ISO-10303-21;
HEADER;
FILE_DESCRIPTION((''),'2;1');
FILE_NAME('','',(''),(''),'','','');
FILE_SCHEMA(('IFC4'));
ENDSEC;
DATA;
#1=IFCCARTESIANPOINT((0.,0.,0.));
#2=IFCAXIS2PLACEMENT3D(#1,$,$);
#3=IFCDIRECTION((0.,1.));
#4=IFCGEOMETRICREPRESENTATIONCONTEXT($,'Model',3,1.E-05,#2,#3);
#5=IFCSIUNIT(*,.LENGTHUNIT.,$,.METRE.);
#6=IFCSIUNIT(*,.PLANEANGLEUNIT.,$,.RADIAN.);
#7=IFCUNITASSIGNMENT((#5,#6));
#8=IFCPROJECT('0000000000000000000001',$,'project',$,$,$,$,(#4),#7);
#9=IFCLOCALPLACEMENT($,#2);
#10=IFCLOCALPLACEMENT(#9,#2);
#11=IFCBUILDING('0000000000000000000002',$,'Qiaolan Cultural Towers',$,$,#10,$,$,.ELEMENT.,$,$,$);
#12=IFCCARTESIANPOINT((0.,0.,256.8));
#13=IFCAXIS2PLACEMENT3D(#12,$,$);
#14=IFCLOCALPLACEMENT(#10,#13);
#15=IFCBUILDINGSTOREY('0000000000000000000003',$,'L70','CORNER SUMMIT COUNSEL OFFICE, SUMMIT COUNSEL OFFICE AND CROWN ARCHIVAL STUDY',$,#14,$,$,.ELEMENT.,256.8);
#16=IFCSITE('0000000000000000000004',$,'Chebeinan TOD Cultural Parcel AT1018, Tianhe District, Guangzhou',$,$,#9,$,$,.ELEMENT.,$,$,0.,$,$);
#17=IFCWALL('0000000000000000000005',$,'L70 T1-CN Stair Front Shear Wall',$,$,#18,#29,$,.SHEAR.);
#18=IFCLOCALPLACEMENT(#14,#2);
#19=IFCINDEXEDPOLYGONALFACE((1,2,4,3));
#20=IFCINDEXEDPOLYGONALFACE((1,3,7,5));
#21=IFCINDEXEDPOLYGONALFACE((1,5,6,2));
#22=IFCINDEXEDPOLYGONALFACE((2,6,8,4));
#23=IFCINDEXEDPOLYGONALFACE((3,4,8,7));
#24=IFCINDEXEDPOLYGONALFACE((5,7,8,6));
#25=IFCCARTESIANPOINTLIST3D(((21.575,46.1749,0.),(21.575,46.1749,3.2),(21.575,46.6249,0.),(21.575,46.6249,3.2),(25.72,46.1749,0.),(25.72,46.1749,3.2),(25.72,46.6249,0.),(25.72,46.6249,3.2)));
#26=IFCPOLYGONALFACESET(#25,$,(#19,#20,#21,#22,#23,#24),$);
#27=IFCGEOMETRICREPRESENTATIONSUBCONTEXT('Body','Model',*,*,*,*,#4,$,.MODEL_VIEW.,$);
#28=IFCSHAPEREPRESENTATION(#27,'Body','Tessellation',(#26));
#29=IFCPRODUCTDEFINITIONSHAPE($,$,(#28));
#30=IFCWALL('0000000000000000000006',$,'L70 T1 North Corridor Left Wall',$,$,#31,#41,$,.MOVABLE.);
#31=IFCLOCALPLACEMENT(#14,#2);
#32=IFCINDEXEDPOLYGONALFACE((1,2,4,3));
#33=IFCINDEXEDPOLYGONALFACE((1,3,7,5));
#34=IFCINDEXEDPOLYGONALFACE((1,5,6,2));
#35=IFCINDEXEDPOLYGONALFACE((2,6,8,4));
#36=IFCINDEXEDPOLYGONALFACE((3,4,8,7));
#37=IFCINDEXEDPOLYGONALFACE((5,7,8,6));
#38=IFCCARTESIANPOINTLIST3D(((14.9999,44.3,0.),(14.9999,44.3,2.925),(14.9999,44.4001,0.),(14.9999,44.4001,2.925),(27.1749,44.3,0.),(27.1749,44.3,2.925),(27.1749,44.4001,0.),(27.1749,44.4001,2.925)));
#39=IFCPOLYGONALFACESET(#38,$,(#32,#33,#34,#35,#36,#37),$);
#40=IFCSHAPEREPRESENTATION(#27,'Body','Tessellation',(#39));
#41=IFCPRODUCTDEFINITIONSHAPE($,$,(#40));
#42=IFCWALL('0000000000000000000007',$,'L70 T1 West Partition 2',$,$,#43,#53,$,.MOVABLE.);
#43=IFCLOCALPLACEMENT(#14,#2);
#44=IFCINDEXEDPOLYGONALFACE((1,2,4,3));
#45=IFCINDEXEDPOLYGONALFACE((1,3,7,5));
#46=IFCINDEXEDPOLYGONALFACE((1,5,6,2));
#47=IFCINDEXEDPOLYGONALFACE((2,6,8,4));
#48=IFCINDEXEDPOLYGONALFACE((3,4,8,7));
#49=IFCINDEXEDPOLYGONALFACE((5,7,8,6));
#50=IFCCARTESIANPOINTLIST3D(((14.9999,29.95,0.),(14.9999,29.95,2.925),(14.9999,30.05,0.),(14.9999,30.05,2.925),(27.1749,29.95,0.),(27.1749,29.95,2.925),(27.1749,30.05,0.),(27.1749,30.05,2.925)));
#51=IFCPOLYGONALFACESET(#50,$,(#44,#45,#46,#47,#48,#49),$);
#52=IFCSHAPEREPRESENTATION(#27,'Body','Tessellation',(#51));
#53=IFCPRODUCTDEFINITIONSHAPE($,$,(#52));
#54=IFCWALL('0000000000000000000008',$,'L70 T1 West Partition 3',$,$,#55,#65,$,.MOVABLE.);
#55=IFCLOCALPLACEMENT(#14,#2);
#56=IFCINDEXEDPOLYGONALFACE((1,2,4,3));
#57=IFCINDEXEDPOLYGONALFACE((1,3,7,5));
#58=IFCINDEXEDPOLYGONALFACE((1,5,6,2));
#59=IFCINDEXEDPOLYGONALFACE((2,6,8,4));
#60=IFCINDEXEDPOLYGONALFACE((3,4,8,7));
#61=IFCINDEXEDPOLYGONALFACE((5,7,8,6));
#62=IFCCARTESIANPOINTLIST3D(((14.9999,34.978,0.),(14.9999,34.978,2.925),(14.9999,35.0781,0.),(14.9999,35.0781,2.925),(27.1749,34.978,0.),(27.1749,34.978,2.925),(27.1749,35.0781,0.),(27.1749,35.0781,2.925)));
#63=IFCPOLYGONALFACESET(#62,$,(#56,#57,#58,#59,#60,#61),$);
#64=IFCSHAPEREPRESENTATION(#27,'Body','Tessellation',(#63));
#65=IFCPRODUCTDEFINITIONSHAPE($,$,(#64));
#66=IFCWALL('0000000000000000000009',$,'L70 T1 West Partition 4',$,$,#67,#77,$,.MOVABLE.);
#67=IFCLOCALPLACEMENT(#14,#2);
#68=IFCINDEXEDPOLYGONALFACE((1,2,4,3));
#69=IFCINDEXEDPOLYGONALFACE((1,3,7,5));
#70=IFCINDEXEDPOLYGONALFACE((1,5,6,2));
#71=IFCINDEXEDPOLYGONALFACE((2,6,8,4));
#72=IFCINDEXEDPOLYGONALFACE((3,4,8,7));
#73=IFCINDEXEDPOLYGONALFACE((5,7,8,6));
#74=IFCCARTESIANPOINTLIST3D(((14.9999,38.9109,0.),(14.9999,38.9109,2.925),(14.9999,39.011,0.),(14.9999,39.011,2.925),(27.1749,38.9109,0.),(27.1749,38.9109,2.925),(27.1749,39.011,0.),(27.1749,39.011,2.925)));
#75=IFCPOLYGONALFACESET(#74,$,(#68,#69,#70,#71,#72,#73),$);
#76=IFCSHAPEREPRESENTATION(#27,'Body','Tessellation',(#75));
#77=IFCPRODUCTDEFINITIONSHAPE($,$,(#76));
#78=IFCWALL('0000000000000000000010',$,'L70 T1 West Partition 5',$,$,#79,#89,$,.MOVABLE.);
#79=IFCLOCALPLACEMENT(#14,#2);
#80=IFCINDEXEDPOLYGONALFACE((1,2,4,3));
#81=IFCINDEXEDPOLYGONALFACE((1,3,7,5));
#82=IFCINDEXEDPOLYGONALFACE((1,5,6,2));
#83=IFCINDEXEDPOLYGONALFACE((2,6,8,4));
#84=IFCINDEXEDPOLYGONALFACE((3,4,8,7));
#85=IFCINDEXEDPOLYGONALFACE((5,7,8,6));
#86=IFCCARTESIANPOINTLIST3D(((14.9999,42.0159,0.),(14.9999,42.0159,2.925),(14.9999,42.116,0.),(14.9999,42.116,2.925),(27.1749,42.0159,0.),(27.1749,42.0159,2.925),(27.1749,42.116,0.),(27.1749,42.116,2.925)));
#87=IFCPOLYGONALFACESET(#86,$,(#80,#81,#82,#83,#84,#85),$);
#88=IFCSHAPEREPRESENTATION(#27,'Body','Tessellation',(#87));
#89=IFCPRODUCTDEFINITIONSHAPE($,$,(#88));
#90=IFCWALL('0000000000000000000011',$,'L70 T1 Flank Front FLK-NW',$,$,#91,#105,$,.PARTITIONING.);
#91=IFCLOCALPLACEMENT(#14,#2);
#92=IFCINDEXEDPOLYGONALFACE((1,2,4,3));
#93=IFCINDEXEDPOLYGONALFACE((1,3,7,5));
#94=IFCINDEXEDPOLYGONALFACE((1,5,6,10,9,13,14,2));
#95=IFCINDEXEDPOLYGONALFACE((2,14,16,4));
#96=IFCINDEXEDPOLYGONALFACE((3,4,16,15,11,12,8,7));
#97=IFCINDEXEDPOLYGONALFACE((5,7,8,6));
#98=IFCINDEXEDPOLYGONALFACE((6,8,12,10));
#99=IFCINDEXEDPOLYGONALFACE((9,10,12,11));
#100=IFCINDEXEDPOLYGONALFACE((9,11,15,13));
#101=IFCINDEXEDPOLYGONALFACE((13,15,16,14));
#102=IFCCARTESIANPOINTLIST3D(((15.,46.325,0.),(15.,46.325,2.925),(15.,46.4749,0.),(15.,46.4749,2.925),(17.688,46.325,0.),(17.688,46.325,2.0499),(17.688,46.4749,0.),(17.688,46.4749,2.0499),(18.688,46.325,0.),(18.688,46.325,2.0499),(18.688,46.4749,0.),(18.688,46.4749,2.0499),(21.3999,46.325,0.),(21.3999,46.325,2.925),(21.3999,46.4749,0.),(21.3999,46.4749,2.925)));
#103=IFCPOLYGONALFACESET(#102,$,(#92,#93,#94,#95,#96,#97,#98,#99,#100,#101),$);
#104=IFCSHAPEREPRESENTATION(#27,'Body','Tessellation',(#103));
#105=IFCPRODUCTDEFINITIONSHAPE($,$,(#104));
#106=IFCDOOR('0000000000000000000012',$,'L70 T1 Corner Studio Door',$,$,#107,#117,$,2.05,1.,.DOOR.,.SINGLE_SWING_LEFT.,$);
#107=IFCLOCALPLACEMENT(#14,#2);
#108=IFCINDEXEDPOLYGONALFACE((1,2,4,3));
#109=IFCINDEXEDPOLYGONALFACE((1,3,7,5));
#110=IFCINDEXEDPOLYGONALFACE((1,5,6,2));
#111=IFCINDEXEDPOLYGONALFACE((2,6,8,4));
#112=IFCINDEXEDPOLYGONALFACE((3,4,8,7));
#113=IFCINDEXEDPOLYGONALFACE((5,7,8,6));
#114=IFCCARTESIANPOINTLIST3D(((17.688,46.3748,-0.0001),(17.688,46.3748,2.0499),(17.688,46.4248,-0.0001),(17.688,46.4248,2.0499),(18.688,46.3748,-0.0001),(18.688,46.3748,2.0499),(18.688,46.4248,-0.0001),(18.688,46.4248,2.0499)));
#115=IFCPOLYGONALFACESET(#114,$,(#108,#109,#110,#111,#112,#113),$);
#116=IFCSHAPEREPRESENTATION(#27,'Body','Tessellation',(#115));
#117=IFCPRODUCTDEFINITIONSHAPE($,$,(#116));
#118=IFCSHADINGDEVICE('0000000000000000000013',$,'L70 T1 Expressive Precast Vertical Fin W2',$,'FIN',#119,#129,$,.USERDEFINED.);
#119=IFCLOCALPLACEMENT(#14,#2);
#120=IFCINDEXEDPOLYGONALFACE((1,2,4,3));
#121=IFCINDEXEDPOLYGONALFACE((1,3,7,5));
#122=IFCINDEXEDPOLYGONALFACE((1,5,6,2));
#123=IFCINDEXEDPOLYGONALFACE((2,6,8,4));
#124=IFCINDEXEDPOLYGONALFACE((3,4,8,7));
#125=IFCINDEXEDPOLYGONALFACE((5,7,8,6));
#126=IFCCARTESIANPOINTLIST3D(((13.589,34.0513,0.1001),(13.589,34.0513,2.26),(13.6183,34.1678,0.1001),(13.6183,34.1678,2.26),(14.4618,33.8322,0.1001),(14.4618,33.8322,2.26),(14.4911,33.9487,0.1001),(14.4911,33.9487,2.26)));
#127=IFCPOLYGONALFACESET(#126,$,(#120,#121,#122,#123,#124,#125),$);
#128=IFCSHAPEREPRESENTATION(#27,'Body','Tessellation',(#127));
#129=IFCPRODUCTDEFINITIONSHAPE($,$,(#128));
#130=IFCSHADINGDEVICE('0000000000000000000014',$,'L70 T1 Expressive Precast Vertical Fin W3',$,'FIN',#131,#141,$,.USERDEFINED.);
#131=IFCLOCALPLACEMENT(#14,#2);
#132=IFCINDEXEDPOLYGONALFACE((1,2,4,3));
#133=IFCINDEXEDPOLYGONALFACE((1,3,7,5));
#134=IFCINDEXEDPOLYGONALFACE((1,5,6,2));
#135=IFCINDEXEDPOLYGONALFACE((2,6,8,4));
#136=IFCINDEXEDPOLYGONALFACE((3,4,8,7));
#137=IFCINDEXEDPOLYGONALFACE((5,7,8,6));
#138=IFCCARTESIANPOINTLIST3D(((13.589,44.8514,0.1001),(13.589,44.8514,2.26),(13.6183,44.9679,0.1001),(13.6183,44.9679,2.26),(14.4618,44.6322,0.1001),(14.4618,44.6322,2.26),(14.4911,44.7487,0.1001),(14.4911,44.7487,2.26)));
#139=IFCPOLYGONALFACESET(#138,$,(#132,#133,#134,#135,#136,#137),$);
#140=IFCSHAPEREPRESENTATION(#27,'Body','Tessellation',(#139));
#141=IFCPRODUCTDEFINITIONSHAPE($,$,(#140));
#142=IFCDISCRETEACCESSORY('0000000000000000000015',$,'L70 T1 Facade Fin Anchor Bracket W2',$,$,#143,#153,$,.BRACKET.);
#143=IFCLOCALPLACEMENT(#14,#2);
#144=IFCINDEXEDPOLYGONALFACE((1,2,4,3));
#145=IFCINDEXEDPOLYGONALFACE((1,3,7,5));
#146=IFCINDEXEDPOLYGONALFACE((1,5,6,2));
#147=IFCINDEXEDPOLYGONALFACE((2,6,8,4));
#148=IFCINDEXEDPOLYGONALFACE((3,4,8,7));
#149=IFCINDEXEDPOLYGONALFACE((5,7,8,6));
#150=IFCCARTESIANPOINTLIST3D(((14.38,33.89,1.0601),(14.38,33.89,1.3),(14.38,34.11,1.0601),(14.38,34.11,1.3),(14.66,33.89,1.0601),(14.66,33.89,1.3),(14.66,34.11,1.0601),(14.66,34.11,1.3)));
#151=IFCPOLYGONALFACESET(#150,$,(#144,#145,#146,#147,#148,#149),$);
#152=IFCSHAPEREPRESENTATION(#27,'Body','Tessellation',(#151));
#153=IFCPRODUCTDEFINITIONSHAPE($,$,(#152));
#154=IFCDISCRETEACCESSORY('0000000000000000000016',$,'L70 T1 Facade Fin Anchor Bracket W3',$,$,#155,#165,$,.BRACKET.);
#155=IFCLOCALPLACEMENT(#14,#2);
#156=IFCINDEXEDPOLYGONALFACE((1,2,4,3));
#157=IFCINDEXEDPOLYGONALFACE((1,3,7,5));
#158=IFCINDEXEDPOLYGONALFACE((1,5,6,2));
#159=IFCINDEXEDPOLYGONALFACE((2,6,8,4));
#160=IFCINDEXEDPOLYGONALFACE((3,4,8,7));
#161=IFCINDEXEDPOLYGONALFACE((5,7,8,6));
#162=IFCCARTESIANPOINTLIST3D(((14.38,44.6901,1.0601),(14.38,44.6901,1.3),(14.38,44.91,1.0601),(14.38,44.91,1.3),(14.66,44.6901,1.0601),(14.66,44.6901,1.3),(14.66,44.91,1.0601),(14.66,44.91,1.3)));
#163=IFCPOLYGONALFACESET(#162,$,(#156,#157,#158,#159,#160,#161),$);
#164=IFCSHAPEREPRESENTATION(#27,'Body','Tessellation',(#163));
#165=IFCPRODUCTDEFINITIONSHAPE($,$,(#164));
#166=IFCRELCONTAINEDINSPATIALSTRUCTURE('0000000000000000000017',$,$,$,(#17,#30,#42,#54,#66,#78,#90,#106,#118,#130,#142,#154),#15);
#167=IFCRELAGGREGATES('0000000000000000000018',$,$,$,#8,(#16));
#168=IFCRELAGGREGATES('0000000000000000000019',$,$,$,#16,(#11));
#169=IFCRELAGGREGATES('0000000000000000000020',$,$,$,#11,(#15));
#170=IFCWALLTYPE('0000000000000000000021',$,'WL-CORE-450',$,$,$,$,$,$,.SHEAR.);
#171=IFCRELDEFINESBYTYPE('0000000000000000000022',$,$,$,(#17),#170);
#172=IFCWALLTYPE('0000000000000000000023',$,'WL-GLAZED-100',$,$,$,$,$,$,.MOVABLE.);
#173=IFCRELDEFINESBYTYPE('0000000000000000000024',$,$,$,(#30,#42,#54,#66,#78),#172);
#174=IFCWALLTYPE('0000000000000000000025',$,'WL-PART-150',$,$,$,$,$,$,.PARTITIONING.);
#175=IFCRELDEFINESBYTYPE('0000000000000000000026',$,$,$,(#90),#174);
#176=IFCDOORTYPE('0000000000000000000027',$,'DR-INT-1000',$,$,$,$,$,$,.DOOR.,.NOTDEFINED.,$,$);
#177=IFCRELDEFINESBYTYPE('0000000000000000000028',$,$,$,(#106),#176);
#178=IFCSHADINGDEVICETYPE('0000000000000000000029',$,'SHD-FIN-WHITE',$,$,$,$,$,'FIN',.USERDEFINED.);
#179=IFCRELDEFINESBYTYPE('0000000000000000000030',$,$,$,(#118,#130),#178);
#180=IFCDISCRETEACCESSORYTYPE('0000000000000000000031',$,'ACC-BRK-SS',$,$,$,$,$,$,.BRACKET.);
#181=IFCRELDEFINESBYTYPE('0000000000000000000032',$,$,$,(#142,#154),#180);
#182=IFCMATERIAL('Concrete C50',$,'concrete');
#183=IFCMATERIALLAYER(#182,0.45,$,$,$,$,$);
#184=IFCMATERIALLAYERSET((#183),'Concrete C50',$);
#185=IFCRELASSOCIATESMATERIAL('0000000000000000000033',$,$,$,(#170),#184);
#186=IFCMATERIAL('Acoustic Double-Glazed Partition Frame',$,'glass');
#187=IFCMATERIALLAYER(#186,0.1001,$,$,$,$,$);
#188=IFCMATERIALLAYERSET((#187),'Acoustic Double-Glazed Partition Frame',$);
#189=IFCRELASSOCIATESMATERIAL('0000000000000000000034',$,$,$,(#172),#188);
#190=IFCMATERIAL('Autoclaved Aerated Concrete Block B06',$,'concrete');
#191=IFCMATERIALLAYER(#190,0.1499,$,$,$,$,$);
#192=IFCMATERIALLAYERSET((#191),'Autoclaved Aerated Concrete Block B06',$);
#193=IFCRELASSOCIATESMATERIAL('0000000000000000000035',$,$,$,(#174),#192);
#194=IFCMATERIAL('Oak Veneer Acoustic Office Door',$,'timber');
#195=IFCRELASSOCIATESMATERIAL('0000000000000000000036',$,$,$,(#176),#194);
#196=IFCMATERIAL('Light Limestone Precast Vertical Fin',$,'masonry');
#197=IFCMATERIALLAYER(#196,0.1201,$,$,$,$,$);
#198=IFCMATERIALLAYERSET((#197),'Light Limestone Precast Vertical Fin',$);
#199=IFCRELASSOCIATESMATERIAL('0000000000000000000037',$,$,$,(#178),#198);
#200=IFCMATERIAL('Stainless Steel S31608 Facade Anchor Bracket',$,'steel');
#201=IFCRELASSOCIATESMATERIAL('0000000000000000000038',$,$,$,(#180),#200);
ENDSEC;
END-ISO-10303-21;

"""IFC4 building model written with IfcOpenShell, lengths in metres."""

from ifc_helpers import new_model, si_unit, direction, frame, frame_2d, origin, origin_2d, place, context, subcontext, project, spatial, rectangle, extrude, material, layer, layer_set, type_object, element, fill, save


model = new_model("IFC4")

# Units and contexts
model_context = context("Model", 3, precision=1e-05, world=origin(), true_north=direction((0.0, 1.0)))
body_context = subcontext(model_context, "Body", "Model", "MODEL_VIEW")
ifc_project = project(units=[si_unit("LENGTHUNIT", "METRE"), si_unit("PLANEANGLEUNIT", "RADIAN")], contexts=[model_context])

# Site, building, storey
site_placement = place(None, origin())
site = spatial("IfcSite", under=ifc_project, at=site_placement, Name="Chebeinan TOD Cultural Parcel AT1018, Tianhe District, Guangzhou", CompositionType="ELEMENT", RefElevation=0.0)
building_placement = place(site_placement, origin())
building = spatial("IfcBuilding", under=site, at=building_placement, Name="Qiaolan Cultural Towers", CompositionType="ELEMENT")
storey_placement = place(building_placement, frame((0.0, 0.0, 256.8)))
storey = spatial("IfcBuildingStorey", under=building, at=storey_placement, Name="L70", Description="CORNER SUMMIT COUNSEL OFFICE, SUMMIT COUNSEL OFFICE AND CROWN ARCHIVAL STUDY", CompositionType="ELEMENT", Elevation=256.8)

# Walls
ifc_material_1 = material(Name="Concrete C50", Category="concrete")
ifc_layer_1 = layer(ifc_material_1, 0.45)
ifc_layer_set_1 = layer_set([ifc_layer_1], Name="Concrete C50")
wall_type_1 = type_object("IfcWallType", Name="WL-CORE-450", PredefinedType="SHEAR", material=ifc_layer_set_1)
wall_1_placement = place(storey_placement, frame((21.575, 46.3999, 0.0), z_axis=(0.0, 0.0, 1.0), x_axis=(1.0, 0.0, 0.0)))
element("IfcWall", 1, at=wall_1_placement, inside=storey, type_object=wall_type_1, Name="L70 T1-CN Stair Front Shear Wall", PredefinedType="SHEAR", context=body_context, shape_type="SweptSolid", body=[
    extrude(rectangle(XDim=4.145, YDim=0.45, at=frame_2d((2.0725, 0.0))), origin(), (0.0, 0.0, 1.0), 3.2),
])
ifc_material_2 = material(Name="Acoustic Double-Glazed Partition Frame", Category="glass")
ifc_layer_2 = layer(ifc_material_2, 0.1001)
ifc_layer_set_2 = layer_set([ifc_layer_2], Name="Acoustic Double-Glazed Partition Frame")
wall_type_2 = type_object("IfcWallType", Name="WL-GLAZED-100", PredefinedType="MOVABLE", material=ifc_layer_set_2)
for number, where, z_axis, x_axis, name in (
    (2, (15.0, 44.3501, 0.0), (0.0, 0.0, 1.0), (1.0, 0.0, 0.0), "L70 T1 North Corridor Left Wall"),
    (3, (15.0, 30.0, 0.0), (0.0, 0.0, 1.0), (1.0, 0.0, 0.0), "L70 T1 West Partition 2"),
    (4, (15.0, 35.0281, 0.0), (0.0, 0.0, 1.0), (1.0, 0.0, 0.0), "L70 T1 West Partition 3"),
    (5, (15.0, 38.9609, 0.0), (0.0, 0.0, 1.0), (1.0, 0.0, 0.0), "L70 T1 West Partition 4"),
    (6, (15.0, 42.0659, 0.0), (0.0, 0.0, 1.0), (1.0, 0.0, 0.0), "L70 T1 West Partition 5"),
):
    element("IfcWall", number, at=place(storey_placement, frame(where, z_axis=z_axis, x_axis=x_axis)), inside=storey, type_object=wall_type_2, Name=name, PredefinedType="MOVABLE", context=body_context, shape_type="SweptSolid", body=[
        extrude(rectangle(XDim=12.175, YDim=0.1001, at=frame_2d((6.0874, 0.0))), origin(), (0.0, 0.0, 1.0), 2.925),
    ])

# Wall, opening, door
ifc_material_3 = material(Name="Autoclaved Aerated Concrete Block B06", Category="concrete")
ifc_layer_3 = layer(ifc_material_3, 0.1499)
ifc_layer_set_3 = layer_set([ifc_layer_3], Name="Autoclaved Aerated Concrete Block B06")
wall_type_3 = type_object("IfcWallType", Name="WL-PART-150", PredefinedType="PARTITIONING", material=ifc_layer_set_3)
wall_2_placement = place(storey_placement, frame((15.0, 46.3999, 0.0), z_axis=(0.0, 0.0, 1.0), x_axis=(1.0, 0.0, 0.0)))
wall_2 = element("IfcWall", 7, at=wall_2_placement, inside=storey, type_object=wall_type_3, Name="L70 T1 Flank Front FLK-NW", PredefinedType="PARTITIONING", context=body_context, shape_type="SweptSolid", body=[
    extrude(rectangle(XDim=6.3999, YDim=0.1499, at=frame_2d((3.2, 0.0))), origin(), (0.0, 0.0, 1.0), 2.925),
])
opening_placement = place(wall_2_placement, frame((2.688, 0.0, 0.0)))
opening = element("IfcOpeningElement", 8, at=opening_placement, cuts=wall_2, PredefinedType="OPENING", context=body_context, shape_type="SweptSolid", body=[
    extrude(rectangle(XDim=1.0, YDim=2.05, at=frame_2d((0.5, 1.0249))), frame((0.0, 0.085, 0.0), z_axis=(0.0, -1.0, 0.0), x_axis=(1.0, 0.0, 0.0)), (0.0, 0.0, 1.0), 0.1699),
])
ifc_material_4 = material(Name="Oak Veneer Acoustic Office Door", Category="timber")
door_type = type_object("IfcDoorType", Name="DR-INT-1000", OperationType="NOTDEFINED", PredefinedType="DOOR", material=ifc_material_4)
door_placement = place(opening_placement, origin())
door = element("IfcDoor", 9, at=door_placement, inside=storey, type_object=door_type, Name="L70 T1 Corner Studio Door", OperationType="SINGLE_SWING_LEFT", OverallHeight=2.05, OverallWidth=1.0, PredefinedType="DOOR", context=body_context, shape_type="SweptSolid", body=[
    extrude(rectangle(XDim=1.0, YDim=2.05, at=frame_2d((0.5, 1.0249))), frame((0.0, 0.0249, 0.0), z_axis=(0.0, -1.0, 0.0), x_axis=(1.0, 0.0, 0.0)), (0.0, 0.0, 1.0), 0.05),
])
fill(opening, door)

# Shading devices
ifc_material_5 = material(Name="Light Limestone Precast Vertical Fin", Category="masonry")
ifc_layer_4 = layer(ifc_material_5, 0.1201)
ifc_layer_set_4 = layer_set([ifc_layer_4], Name="Light Limestone Precast Vertical Fin")
shading_device_type = type_object("IfcShadingDeviceType", Name="SHD-FIN-WHITE", ElementType="FIN", PredefinedType="USERDEFINED", material=ifc_layer_set_4)
for number, where, z_axis, x_axis, name in (
    (10, (14.04, 34.0, 0.1001), (0.0, 0.0, 1.0), (0.969892, -0.243537, 0.0), "L70 T1 Expressive Precast Vertical Fin W2"),
    (11, (14.04, 44.8, 0.1001), (0.0, 0.0, 1.0), (0.969892, -0.243537, 0.0), "L70 T1 Expressive Precast Vertical Fin W3"),
):
    element("IfcShadingDevice", number, at=place(storey_placement, frame(where, z_axis=z_axis, x_axis=x_axis)), inside=storey, type_object=shading_device_type, Name=name, ObjectType="FIN", PredefinedType="USERDEFINED", context=body_context, shape_type="SweptSolid", body=[
        extrude(rectangle(XDim=0.8999, YDim=0.1201, at=origin_2d()), origin(), (0.0, 0.0, 1.0), 2.1599),
    ])

# Discrete accessories
ifc_material_6 = material(Name="Stainless Steel S31608 Facade Anchor Bracket", Category="steel")
discrete_accessory_type = type_object("IfcDiscreteAccessoryType", Name="ACC-BRK-SS", PredefinedType="BRACKET", material=ifc_material_6)
for number, where, z_axis, x_axis, name in (
    (12, (14.52, 34.0, 1.0601), (0.0, 0.0, 1.0), (1.0, 0.0, 0.0), "L70 T1 Facade Fin Anchor Bracket W2"),
    (13, (14.52, 44.8, 1.0601), (0.0, 0.0, 1.0), (1.0, 0.0, 0.0), "L70 T1 Facade Fin Anchor Bracket W3"),
):
    element("IfcDiscreteAccessory", number, at=place(storey_placement, frame(where, z_axis=z_axis, x_axis=x_axis)), inside=storey, type_object=discrete_accessory_type, Name=name, PredefinedType="BRACKET", context=body_context, shape_type="SweptSolid", body=[
        extrude(rectangle(XDim=0.28, YDim=0.22, at=origin_2d()), origin(), (0.0, 0.0, 1.0), 0.24),
    ])

save(model, "model.ifc")
